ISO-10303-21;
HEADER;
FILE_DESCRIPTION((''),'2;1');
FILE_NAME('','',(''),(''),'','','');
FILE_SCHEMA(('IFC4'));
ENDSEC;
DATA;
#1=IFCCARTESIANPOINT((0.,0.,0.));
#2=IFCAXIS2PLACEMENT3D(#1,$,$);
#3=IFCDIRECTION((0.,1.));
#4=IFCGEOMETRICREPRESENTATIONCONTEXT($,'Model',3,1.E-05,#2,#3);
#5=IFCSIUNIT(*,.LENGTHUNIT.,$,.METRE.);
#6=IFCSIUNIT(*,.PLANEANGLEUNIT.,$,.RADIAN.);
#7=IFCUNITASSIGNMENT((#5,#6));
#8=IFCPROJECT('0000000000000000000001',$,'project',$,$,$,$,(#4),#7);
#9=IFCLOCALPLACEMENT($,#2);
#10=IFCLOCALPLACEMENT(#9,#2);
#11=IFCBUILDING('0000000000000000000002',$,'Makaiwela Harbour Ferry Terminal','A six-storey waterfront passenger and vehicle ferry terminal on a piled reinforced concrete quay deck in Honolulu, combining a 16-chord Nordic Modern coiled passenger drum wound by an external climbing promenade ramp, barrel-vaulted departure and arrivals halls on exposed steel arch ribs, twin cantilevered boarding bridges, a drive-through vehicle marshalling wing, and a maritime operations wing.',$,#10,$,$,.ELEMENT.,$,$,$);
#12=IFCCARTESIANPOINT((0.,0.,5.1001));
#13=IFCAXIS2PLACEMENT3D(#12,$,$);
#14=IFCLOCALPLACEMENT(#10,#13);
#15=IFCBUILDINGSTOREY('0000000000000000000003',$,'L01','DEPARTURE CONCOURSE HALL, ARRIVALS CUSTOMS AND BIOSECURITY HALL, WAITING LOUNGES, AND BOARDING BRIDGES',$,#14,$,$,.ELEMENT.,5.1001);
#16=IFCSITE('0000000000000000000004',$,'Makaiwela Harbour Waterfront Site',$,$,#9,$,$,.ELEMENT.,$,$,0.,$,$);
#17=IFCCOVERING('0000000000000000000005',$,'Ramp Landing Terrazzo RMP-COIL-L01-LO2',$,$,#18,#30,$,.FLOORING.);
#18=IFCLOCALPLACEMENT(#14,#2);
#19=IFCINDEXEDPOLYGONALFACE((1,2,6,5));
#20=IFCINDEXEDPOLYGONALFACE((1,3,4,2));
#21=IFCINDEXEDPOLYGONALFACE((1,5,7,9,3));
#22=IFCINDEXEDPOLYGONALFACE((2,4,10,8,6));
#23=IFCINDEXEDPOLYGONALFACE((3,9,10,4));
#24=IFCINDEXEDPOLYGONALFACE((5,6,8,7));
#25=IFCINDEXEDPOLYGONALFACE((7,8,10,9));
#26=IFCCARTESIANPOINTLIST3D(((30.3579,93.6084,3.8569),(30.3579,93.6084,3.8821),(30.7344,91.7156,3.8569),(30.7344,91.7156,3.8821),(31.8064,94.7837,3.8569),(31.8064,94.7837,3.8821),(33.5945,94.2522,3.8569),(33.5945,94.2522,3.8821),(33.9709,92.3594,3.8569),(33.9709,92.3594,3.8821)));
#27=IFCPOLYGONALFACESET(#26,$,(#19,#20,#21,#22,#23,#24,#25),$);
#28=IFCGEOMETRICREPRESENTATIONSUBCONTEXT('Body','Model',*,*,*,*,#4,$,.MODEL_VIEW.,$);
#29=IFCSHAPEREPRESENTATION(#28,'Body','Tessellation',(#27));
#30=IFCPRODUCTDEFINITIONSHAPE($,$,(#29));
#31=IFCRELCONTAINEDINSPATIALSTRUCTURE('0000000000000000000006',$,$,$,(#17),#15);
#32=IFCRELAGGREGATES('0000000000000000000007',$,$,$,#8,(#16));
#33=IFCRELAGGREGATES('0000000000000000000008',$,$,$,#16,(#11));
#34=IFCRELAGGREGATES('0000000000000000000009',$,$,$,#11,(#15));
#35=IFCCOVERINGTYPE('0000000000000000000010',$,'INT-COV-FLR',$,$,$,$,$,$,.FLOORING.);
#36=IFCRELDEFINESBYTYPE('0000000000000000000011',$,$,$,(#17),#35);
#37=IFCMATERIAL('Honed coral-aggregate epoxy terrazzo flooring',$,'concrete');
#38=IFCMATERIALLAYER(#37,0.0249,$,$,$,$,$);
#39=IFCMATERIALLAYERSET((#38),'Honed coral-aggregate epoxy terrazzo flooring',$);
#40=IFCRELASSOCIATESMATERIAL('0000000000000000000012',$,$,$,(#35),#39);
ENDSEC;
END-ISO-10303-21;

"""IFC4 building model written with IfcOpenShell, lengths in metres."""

from ifc_helpers import new_model, si_unit, direction, frame, origin, place, context, subcontext, project, spatial, polyline, outline, extrude, material, layer, layer_set, type_object, element, save


model = new_model("IFC4")

# Units and contexts
model_context = context("Model", 3, precision=1e-05, world=origin(), true_north=direction((0.0, 1.0)))
body_context = subcontext(model_context, "Body", "Model", "MODEL_VIEW")
ifc_project = project(units=[si_unit("LENGTHUNIT", "METRE"), si_unit("PLANEANGLEUNIT", "RADIAN")], contexts=[model_context])

# Site, building, storey
site_placement = place(None, origin())
site = spatial("IfcSite", under=ifc_project, at=site_placement, Name="Makaiwela Harbour Waterfront Site", CompositionType="ELEMENT", RefElevation=0.0)
building_placement = place(site_placement, origin())
building = spatial("IfcBuilding", under=site, at=building_placement, Name="Makaiwela Harbour Ferry Terminal", Description="A six-storey waterfront passenger and vehicle ferry terminal on a piled reinforced concrete quay deck in Honolulu, combining a 16-chord Nordic Modern coiled passenger drum wound by an external climbing promenade ramp, barrel-vaulted departure and arrivals halls on exposed steel arch ribs, twin cantilevered boarding bridges, a drive-through vehicle marshalling wing, and a maritime operations wing.", CompositionType="ELEMENT")
storey_placement = place(building_placement, frame((0.0, 0.0, 5.1001)))
storey = spatial("IfcBuildingStorey", under=building, at=storey_placement, Name="L01", Description="DEPARTURE CONCOURSE HALL, ARRIVALS CUSTOMS AND BIOSECURITY HALL, WAITING LOUNGES, AND BOARDING BRIDGES", CompositionType="ELEMENT", Elevation=5.1001)

# Covering
ifc_material_1 = material(Name="Honed coral-aggregate epoxy terrazzo flooring", Category="concrete")
ifc_layer_1 = layer(ifc_material_1, 0.0249)
ifc_layer_set_1 = layer_set([ifc_layer_1], Name="Honed coral-aggregate epoxy terrazzo flooring")
covering_type_1 = type_object("IfcCoveringType", Name="INT-COV-FLR", PredefinedType="FLOORING", material=ifc_layer_set_1)
covering_1_placement = place(storey_placement, frame((0.0, 0.0, 3.8569)))
element("IfcCovering", 1, at=covering_1_placement, inside=storey, type_object=covering_type_1, Name="Ramp Landing Terrazzo RMP-COIL-L01-LO2", PredefinedType="FLOORING", context=body_context, shape_type="SweptSolid", body=[
    extrude(outline(polyline([(33.9709, 92.3594), (33.5945, 94.2522), (31.8064, 94.7837), (30.3579, 93.6084), (30.7344, 91.7156), (33.9709, 92.3594)])), origin(), (0.0, 0.0, 1.0), 0.0251),
])

save(model, "model.ifc")
